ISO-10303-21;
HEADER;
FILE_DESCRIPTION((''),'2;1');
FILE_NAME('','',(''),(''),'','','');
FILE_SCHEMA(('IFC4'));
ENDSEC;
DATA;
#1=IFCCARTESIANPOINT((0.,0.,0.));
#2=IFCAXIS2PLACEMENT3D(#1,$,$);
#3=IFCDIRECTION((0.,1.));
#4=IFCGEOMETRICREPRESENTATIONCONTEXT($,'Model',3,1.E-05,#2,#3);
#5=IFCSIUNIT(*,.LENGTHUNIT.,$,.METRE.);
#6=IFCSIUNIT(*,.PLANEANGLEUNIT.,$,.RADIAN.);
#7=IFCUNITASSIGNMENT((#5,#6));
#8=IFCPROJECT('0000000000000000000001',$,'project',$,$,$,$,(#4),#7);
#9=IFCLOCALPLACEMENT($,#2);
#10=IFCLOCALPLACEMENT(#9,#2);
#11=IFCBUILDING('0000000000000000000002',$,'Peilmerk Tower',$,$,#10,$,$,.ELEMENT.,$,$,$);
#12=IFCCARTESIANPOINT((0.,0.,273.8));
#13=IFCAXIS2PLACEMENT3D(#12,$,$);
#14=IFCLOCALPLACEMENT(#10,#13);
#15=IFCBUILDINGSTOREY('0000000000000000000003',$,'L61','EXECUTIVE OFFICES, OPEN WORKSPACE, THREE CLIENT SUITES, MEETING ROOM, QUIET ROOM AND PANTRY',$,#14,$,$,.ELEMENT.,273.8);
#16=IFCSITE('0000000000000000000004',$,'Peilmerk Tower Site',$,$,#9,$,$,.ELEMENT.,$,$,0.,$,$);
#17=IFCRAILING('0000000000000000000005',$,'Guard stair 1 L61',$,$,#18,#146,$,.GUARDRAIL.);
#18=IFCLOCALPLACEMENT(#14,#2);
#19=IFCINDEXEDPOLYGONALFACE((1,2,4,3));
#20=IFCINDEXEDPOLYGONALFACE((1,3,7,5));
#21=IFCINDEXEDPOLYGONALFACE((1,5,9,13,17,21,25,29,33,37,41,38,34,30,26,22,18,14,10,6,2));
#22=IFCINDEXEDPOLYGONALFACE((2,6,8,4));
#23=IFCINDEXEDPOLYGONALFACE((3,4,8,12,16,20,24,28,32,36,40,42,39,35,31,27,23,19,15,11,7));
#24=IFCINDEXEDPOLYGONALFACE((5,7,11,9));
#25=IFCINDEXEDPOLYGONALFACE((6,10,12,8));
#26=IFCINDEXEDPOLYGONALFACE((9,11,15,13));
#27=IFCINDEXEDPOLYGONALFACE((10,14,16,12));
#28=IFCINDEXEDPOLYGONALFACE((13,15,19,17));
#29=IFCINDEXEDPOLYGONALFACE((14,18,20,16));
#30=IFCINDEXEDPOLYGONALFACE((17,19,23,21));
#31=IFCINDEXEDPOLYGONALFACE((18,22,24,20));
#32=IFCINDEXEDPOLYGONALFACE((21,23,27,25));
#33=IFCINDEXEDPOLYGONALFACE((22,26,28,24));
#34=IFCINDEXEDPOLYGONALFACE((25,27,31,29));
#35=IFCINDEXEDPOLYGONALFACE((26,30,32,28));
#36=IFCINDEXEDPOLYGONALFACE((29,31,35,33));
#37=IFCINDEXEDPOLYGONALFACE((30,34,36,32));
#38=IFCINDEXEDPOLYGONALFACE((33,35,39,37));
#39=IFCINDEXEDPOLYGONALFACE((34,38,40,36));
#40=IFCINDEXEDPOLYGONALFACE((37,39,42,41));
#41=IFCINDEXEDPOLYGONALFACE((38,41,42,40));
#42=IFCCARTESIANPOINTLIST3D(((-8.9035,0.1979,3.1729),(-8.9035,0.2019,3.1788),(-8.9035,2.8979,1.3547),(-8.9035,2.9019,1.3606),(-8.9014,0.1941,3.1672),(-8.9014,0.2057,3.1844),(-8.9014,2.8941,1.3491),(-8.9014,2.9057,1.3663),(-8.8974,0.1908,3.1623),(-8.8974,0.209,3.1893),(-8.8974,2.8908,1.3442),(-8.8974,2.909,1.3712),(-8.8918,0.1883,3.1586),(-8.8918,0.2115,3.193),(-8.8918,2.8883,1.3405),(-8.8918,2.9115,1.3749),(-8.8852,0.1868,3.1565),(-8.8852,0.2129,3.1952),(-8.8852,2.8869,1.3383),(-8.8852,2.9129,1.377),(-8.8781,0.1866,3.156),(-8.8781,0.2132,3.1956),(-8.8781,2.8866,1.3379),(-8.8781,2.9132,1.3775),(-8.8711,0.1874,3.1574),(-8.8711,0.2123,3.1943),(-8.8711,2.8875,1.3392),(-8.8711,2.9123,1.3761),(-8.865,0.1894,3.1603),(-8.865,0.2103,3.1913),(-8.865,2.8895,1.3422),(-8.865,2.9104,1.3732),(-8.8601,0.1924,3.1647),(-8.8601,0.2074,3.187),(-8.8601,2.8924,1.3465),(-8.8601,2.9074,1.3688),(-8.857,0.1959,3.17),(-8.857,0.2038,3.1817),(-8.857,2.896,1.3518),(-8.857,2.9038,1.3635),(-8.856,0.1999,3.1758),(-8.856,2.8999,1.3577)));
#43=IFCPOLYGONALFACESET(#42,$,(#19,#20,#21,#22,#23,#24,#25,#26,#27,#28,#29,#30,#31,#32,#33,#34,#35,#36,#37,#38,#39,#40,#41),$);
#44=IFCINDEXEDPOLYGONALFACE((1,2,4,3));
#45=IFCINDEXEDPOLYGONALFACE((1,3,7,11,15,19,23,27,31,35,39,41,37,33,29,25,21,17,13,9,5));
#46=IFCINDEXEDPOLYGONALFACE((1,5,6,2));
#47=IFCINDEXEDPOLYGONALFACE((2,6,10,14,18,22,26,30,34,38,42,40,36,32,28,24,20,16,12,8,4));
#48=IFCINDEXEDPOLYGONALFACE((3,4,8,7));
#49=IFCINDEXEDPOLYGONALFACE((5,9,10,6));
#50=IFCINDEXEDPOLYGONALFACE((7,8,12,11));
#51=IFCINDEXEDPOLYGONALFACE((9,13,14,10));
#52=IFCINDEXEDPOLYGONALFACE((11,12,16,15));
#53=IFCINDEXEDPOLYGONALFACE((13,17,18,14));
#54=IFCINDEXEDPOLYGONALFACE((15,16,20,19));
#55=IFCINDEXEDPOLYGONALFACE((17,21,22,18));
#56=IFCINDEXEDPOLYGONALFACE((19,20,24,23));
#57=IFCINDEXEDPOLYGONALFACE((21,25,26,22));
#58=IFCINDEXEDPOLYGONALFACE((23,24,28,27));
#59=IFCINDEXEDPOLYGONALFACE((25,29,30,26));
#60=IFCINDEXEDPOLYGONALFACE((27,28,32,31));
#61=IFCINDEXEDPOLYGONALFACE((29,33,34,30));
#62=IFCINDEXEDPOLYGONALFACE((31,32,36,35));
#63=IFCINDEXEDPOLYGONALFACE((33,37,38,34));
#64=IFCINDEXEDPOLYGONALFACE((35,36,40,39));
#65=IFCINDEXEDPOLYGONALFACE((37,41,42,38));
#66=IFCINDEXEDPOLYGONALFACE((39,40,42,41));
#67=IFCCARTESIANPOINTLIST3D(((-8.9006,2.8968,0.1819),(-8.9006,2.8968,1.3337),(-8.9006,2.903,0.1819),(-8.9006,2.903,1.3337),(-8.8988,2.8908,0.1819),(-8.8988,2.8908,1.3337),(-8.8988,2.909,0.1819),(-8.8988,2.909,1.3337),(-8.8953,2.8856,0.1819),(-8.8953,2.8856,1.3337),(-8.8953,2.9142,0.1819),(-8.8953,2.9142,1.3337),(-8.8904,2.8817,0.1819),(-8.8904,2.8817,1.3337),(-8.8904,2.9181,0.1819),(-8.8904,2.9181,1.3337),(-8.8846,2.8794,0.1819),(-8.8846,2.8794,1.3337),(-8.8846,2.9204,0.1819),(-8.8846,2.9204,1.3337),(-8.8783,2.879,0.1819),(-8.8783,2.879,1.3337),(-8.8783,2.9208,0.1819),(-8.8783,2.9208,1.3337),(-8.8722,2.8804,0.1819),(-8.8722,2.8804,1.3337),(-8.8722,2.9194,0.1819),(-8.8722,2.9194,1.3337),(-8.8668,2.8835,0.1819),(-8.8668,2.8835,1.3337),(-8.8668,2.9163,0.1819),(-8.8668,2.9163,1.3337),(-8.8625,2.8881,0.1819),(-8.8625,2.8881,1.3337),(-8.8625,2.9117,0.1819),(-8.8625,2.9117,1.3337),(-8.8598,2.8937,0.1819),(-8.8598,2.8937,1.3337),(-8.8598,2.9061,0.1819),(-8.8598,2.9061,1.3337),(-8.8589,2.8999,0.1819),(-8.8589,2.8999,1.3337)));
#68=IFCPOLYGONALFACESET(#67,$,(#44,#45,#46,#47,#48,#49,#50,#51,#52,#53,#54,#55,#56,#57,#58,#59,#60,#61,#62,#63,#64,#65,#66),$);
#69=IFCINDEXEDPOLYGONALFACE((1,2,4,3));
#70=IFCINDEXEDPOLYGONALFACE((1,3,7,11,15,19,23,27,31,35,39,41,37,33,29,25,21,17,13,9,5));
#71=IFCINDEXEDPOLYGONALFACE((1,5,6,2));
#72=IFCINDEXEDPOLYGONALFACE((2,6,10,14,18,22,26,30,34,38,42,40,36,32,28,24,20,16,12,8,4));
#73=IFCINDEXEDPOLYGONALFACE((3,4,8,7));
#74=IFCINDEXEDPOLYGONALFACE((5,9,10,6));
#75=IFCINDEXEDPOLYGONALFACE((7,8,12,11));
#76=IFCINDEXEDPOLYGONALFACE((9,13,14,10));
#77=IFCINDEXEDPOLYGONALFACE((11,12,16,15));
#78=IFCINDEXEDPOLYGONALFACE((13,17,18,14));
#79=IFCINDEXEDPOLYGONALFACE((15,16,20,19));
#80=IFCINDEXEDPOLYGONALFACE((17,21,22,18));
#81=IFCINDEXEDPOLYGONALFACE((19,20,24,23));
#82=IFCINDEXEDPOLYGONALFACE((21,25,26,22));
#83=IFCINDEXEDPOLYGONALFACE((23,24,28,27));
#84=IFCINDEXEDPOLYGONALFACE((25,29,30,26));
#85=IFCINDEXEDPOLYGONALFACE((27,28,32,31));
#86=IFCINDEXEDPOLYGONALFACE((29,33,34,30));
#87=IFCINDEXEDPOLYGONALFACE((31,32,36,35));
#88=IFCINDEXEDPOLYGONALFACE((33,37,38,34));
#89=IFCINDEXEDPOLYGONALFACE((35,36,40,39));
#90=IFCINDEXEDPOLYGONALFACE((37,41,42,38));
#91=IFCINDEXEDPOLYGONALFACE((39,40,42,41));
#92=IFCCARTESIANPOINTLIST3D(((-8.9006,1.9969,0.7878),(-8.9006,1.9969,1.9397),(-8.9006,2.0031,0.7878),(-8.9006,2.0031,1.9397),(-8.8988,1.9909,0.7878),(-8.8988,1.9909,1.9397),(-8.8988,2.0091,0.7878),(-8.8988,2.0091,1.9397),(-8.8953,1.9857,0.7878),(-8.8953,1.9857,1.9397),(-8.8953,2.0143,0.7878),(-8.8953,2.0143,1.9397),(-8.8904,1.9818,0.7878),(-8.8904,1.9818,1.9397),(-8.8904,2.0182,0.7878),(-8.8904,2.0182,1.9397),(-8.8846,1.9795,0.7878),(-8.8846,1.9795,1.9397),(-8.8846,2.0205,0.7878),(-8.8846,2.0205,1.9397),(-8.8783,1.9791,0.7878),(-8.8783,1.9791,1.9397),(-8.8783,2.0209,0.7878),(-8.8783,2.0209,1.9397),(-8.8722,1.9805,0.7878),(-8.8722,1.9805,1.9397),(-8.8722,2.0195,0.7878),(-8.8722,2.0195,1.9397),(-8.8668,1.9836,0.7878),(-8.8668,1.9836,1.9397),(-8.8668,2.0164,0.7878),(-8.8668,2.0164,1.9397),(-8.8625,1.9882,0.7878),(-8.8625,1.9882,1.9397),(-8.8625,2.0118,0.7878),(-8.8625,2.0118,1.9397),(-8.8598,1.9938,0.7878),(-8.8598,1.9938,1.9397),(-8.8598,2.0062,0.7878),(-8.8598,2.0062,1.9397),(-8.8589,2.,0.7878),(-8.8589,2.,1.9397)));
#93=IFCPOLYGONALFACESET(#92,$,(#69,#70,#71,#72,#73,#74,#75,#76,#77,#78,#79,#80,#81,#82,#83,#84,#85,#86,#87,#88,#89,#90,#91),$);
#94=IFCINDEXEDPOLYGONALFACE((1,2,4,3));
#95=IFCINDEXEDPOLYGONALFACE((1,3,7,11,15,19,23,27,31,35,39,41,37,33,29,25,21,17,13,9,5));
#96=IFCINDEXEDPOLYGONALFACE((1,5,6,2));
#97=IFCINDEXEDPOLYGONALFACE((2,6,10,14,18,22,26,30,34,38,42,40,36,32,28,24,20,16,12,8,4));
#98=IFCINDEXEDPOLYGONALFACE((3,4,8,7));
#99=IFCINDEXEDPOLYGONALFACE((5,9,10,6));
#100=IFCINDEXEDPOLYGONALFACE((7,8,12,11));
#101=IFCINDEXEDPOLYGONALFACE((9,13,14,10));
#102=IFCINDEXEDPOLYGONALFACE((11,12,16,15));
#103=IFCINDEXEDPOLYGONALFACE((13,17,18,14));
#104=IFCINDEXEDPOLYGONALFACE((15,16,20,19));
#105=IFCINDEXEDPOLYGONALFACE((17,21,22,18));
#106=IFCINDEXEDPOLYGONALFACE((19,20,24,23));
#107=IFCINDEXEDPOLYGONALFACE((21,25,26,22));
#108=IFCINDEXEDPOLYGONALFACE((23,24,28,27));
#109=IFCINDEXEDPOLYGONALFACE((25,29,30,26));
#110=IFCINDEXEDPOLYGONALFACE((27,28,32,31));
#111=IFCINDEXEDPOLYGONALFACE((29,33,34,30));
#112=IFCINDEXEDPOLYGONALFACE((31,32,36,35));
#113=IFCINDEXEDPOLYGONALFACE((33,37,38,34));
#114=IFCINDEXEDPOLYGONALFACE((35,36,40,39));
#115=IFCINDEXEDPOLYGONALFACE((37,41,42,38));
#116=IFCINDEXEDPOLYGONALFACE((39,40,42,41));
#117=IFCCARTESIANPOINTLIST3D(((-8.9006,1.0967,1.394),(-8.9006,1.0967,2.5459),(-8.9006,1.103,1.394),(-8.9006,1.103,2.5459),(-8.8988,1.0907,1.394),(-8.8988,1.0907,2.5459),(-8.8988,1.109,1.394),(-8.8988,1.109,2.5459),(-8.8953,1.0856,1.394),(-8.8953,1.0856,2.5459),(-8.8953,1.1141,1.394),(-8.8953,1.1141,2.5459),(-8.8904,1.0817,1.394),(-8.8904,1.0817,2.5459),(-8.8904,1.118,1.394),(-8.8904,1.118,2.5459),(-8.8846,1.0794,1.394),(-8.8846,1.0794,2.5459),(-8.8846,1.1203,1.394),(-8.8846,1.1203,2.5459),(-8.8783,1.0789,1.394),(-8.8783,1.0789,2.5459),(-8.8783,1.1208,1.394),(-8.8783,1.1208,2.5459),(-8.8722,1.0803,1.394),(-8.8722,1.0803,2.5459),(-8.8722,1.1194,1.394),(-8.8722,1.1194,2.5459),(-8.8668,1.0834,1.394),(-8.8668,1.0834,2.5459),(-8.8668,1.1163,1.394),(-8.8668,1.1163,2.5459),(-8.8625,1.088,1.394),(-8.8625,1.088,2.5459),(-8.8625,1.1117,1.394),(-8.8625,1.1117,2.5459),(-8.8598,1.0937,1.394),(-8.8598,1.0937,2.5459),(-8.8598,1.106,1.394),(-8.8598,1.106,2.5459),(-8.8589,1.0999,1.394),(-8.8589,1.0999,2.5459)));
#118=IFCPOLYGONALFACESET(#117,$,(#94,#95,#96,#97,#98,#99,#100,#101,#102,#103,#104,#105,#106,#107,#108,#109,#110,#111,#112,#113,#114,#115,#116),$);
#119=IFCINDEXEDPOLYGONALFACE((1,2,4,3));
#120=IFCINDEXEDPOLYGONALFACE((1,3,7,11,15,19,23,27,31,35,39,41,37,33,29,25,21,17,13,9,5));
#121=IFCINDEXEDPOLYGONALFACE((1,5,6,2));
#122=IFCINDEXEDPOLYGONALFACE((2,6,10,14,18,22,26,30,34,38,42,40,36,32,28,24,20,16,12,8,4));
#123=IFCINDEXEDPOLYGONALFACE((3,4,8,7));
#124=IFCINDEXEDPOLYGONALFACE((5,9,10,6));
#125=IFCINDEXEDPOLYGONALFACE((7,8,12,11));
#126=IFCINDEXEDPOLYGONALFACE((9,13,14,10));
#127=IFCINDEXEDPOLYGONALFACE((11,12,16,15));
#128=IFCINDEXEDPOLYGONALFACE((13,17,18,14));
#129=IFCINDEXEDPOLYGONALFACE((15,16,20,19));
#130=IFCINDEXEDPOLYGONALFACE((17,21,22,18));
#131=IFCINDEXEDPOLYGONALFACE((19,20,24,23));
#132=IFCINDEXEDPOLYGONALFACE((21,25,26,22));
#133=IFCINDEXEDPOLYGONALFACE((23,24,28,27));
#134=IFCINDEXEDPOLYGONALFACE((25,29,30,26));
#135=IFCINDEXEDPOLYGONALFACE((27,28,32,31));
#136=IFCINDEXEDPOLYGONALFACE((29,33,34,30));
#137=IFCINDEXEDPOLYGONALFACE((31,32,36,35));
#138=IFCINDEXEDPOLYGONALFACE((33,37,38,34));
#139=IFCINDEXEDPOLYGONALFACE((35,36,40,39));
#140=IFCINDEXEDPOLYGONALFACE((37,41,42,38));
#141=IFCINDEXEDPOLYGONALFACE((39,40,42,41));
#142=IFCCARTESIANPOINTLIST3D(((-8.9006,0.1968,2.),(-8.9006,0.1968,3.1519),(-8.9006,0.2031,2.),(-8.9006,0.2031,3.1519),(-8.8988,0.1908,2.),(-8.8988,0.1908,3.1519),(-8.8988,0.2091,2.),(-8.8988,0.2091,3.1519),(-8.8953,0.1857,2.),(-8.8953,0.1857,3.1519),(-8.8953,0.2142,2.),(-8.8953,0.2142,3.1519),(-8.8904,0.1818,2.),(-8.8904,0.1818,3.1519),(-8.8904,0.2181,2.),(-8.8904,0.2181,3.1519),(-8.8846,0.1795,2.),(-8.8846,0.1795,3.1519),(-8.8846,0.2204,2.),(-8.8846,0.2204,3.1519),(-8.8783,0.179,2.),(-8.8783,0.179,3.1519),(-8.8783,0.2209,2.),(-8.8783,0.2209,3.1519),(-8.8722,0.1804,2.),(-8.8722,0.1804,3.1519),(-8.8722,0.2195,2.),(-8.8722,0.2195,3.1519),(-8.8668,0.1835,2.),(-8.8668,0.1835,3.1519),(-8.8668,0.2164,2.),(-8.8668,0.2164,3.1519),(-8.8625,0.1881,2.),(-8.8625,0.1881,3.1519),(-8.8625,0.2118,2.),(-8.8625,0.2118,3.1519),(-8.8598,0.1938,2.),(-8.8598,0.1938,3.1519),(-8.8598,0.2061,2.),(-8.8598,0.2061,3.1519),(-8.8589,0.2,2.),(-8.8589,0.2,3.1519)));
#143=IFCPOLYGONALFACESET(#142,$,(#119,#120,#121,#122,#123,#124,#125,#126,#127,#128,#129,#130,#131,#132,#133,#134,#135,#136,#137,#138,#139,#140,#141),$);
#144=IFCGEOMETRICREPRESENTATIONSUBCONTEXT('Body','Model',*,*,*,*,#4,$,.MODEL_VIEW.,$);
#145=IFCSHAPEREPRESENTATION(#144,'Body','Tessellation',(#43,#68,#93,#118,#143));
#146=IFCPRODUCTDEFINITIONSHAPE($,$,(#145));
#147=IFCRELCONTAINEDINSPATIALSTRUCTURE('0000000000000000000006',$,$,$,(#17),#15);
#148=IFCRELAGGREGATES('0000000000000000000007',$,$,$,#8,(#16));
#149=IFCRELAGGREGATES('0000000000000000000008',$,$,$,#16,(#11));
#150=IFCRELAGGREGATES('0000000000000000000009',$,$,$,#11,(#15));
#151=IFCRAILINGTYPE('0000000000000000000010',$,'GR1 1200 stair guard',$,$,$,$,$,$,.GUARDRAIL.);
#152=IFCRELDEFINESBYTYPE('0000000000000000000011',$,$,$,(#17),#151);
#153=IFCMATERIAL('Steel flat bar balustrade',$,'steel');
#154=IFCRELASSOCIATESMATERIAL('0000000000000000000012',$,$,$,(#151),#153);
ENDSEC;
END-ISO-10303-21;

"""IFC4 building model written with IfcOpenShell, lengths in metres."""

from ifc_helpers import new_model, si_unit, direction, frame, origin, origin_2d, place, context, subcontext, project, spatial, circle, extrude, material, type_object, element, save


model = new_model("IFC4")

# Units and contexts
model_context = context("Model", 3, precision=1e-05, world=origin(), true_north=direction((0.0, 1.0)))
body_context = subcontext(model_context, "Body", "Model", "MODEL_VIEW")
ifc_project = project(units=[si_unit("LENGTHUNIT", "METRE"), si_unit("PLANEANGLEUNIT", "RADIAN")], contexts=[model_context])

# Site, building, storey
site_placement = place(None, origin())
site = spatial("IfcSite", under=ifc_project, at=site_placement, Name="Peilmerk Tower Site", CompositionType="ELEMENT", RefElevation=0.0)
building_placement = place(site_placement, origin())
building = spatial("IfcBuilding", under=site, at=building_placement, Name="Peilmerk Tower", CompositionType="ELEMENT")
storey_placement = place(building_placement, frame((0.0, 0.0, 273.8)))
storey = spatial("IfcBuildingStorey", under=building, at=storey_placement, Name="L61", Description="EXECUTIVE OFFICES, OPEN WORKSPACE, THREE CLIENT SUITES, MEETING ROOM, QUIET ROOM AND PANTRY", CompositionType="ELEMENT", Elevation=273.8)

# Railing
ifc_material_1 = material(Name="Steel flat bar balustrade", Category="steel")
railing_type_1 = type_object("IfcRailingType", Name="GR1 1200 stair guard", PredefinedType="GUARDRAIL", material=ifc_material_1)
railing_1_placement = place(storey_placement, frame((-8.8799, 2.8999, 0.1819)))
element("IfcRailing", 1, at=railing_1_placement, inside=storey, type_object=railing_type_1, Name="Guard stair 1 L61", PredefinedType="GUARDRAIL", context=body_context, shape_type="SweptSolid", body=[
    extrude(circle(Radius=0.0239, at=origin_2d()), frame((0.0, 0.0, 1.1758), z_axis=(0.0, -0.829468, 0.558554), x_axis=(1.0, 0.0, 0.0)), (0.0, 0.0, 1.0), 3.2551),
    extrude(circle(Radius=0.021, at=origin_2d()), origin(), (0.0, 0.0, 1.0), 1.1519),
    extrude(circle(Radius=0.021, at=origin_2d()), frame((0.0, -0.8999, 0.606)), (0.0, 0.0, 1.0), 1.1519),
    extrude(circle(Radius=0.021, at=origin_2d()), frame((0.0, -1.8, 1.2122)), (0.0, 0.0, 1.0), 1.1519),
    extrude(circle(Radius=0.021, at=origin_2d()), frame((0.0, -2.7, 1.8181)), (0.0, 0.0, 1.0), 1.1519),
])

save(model, "model.ifc")
